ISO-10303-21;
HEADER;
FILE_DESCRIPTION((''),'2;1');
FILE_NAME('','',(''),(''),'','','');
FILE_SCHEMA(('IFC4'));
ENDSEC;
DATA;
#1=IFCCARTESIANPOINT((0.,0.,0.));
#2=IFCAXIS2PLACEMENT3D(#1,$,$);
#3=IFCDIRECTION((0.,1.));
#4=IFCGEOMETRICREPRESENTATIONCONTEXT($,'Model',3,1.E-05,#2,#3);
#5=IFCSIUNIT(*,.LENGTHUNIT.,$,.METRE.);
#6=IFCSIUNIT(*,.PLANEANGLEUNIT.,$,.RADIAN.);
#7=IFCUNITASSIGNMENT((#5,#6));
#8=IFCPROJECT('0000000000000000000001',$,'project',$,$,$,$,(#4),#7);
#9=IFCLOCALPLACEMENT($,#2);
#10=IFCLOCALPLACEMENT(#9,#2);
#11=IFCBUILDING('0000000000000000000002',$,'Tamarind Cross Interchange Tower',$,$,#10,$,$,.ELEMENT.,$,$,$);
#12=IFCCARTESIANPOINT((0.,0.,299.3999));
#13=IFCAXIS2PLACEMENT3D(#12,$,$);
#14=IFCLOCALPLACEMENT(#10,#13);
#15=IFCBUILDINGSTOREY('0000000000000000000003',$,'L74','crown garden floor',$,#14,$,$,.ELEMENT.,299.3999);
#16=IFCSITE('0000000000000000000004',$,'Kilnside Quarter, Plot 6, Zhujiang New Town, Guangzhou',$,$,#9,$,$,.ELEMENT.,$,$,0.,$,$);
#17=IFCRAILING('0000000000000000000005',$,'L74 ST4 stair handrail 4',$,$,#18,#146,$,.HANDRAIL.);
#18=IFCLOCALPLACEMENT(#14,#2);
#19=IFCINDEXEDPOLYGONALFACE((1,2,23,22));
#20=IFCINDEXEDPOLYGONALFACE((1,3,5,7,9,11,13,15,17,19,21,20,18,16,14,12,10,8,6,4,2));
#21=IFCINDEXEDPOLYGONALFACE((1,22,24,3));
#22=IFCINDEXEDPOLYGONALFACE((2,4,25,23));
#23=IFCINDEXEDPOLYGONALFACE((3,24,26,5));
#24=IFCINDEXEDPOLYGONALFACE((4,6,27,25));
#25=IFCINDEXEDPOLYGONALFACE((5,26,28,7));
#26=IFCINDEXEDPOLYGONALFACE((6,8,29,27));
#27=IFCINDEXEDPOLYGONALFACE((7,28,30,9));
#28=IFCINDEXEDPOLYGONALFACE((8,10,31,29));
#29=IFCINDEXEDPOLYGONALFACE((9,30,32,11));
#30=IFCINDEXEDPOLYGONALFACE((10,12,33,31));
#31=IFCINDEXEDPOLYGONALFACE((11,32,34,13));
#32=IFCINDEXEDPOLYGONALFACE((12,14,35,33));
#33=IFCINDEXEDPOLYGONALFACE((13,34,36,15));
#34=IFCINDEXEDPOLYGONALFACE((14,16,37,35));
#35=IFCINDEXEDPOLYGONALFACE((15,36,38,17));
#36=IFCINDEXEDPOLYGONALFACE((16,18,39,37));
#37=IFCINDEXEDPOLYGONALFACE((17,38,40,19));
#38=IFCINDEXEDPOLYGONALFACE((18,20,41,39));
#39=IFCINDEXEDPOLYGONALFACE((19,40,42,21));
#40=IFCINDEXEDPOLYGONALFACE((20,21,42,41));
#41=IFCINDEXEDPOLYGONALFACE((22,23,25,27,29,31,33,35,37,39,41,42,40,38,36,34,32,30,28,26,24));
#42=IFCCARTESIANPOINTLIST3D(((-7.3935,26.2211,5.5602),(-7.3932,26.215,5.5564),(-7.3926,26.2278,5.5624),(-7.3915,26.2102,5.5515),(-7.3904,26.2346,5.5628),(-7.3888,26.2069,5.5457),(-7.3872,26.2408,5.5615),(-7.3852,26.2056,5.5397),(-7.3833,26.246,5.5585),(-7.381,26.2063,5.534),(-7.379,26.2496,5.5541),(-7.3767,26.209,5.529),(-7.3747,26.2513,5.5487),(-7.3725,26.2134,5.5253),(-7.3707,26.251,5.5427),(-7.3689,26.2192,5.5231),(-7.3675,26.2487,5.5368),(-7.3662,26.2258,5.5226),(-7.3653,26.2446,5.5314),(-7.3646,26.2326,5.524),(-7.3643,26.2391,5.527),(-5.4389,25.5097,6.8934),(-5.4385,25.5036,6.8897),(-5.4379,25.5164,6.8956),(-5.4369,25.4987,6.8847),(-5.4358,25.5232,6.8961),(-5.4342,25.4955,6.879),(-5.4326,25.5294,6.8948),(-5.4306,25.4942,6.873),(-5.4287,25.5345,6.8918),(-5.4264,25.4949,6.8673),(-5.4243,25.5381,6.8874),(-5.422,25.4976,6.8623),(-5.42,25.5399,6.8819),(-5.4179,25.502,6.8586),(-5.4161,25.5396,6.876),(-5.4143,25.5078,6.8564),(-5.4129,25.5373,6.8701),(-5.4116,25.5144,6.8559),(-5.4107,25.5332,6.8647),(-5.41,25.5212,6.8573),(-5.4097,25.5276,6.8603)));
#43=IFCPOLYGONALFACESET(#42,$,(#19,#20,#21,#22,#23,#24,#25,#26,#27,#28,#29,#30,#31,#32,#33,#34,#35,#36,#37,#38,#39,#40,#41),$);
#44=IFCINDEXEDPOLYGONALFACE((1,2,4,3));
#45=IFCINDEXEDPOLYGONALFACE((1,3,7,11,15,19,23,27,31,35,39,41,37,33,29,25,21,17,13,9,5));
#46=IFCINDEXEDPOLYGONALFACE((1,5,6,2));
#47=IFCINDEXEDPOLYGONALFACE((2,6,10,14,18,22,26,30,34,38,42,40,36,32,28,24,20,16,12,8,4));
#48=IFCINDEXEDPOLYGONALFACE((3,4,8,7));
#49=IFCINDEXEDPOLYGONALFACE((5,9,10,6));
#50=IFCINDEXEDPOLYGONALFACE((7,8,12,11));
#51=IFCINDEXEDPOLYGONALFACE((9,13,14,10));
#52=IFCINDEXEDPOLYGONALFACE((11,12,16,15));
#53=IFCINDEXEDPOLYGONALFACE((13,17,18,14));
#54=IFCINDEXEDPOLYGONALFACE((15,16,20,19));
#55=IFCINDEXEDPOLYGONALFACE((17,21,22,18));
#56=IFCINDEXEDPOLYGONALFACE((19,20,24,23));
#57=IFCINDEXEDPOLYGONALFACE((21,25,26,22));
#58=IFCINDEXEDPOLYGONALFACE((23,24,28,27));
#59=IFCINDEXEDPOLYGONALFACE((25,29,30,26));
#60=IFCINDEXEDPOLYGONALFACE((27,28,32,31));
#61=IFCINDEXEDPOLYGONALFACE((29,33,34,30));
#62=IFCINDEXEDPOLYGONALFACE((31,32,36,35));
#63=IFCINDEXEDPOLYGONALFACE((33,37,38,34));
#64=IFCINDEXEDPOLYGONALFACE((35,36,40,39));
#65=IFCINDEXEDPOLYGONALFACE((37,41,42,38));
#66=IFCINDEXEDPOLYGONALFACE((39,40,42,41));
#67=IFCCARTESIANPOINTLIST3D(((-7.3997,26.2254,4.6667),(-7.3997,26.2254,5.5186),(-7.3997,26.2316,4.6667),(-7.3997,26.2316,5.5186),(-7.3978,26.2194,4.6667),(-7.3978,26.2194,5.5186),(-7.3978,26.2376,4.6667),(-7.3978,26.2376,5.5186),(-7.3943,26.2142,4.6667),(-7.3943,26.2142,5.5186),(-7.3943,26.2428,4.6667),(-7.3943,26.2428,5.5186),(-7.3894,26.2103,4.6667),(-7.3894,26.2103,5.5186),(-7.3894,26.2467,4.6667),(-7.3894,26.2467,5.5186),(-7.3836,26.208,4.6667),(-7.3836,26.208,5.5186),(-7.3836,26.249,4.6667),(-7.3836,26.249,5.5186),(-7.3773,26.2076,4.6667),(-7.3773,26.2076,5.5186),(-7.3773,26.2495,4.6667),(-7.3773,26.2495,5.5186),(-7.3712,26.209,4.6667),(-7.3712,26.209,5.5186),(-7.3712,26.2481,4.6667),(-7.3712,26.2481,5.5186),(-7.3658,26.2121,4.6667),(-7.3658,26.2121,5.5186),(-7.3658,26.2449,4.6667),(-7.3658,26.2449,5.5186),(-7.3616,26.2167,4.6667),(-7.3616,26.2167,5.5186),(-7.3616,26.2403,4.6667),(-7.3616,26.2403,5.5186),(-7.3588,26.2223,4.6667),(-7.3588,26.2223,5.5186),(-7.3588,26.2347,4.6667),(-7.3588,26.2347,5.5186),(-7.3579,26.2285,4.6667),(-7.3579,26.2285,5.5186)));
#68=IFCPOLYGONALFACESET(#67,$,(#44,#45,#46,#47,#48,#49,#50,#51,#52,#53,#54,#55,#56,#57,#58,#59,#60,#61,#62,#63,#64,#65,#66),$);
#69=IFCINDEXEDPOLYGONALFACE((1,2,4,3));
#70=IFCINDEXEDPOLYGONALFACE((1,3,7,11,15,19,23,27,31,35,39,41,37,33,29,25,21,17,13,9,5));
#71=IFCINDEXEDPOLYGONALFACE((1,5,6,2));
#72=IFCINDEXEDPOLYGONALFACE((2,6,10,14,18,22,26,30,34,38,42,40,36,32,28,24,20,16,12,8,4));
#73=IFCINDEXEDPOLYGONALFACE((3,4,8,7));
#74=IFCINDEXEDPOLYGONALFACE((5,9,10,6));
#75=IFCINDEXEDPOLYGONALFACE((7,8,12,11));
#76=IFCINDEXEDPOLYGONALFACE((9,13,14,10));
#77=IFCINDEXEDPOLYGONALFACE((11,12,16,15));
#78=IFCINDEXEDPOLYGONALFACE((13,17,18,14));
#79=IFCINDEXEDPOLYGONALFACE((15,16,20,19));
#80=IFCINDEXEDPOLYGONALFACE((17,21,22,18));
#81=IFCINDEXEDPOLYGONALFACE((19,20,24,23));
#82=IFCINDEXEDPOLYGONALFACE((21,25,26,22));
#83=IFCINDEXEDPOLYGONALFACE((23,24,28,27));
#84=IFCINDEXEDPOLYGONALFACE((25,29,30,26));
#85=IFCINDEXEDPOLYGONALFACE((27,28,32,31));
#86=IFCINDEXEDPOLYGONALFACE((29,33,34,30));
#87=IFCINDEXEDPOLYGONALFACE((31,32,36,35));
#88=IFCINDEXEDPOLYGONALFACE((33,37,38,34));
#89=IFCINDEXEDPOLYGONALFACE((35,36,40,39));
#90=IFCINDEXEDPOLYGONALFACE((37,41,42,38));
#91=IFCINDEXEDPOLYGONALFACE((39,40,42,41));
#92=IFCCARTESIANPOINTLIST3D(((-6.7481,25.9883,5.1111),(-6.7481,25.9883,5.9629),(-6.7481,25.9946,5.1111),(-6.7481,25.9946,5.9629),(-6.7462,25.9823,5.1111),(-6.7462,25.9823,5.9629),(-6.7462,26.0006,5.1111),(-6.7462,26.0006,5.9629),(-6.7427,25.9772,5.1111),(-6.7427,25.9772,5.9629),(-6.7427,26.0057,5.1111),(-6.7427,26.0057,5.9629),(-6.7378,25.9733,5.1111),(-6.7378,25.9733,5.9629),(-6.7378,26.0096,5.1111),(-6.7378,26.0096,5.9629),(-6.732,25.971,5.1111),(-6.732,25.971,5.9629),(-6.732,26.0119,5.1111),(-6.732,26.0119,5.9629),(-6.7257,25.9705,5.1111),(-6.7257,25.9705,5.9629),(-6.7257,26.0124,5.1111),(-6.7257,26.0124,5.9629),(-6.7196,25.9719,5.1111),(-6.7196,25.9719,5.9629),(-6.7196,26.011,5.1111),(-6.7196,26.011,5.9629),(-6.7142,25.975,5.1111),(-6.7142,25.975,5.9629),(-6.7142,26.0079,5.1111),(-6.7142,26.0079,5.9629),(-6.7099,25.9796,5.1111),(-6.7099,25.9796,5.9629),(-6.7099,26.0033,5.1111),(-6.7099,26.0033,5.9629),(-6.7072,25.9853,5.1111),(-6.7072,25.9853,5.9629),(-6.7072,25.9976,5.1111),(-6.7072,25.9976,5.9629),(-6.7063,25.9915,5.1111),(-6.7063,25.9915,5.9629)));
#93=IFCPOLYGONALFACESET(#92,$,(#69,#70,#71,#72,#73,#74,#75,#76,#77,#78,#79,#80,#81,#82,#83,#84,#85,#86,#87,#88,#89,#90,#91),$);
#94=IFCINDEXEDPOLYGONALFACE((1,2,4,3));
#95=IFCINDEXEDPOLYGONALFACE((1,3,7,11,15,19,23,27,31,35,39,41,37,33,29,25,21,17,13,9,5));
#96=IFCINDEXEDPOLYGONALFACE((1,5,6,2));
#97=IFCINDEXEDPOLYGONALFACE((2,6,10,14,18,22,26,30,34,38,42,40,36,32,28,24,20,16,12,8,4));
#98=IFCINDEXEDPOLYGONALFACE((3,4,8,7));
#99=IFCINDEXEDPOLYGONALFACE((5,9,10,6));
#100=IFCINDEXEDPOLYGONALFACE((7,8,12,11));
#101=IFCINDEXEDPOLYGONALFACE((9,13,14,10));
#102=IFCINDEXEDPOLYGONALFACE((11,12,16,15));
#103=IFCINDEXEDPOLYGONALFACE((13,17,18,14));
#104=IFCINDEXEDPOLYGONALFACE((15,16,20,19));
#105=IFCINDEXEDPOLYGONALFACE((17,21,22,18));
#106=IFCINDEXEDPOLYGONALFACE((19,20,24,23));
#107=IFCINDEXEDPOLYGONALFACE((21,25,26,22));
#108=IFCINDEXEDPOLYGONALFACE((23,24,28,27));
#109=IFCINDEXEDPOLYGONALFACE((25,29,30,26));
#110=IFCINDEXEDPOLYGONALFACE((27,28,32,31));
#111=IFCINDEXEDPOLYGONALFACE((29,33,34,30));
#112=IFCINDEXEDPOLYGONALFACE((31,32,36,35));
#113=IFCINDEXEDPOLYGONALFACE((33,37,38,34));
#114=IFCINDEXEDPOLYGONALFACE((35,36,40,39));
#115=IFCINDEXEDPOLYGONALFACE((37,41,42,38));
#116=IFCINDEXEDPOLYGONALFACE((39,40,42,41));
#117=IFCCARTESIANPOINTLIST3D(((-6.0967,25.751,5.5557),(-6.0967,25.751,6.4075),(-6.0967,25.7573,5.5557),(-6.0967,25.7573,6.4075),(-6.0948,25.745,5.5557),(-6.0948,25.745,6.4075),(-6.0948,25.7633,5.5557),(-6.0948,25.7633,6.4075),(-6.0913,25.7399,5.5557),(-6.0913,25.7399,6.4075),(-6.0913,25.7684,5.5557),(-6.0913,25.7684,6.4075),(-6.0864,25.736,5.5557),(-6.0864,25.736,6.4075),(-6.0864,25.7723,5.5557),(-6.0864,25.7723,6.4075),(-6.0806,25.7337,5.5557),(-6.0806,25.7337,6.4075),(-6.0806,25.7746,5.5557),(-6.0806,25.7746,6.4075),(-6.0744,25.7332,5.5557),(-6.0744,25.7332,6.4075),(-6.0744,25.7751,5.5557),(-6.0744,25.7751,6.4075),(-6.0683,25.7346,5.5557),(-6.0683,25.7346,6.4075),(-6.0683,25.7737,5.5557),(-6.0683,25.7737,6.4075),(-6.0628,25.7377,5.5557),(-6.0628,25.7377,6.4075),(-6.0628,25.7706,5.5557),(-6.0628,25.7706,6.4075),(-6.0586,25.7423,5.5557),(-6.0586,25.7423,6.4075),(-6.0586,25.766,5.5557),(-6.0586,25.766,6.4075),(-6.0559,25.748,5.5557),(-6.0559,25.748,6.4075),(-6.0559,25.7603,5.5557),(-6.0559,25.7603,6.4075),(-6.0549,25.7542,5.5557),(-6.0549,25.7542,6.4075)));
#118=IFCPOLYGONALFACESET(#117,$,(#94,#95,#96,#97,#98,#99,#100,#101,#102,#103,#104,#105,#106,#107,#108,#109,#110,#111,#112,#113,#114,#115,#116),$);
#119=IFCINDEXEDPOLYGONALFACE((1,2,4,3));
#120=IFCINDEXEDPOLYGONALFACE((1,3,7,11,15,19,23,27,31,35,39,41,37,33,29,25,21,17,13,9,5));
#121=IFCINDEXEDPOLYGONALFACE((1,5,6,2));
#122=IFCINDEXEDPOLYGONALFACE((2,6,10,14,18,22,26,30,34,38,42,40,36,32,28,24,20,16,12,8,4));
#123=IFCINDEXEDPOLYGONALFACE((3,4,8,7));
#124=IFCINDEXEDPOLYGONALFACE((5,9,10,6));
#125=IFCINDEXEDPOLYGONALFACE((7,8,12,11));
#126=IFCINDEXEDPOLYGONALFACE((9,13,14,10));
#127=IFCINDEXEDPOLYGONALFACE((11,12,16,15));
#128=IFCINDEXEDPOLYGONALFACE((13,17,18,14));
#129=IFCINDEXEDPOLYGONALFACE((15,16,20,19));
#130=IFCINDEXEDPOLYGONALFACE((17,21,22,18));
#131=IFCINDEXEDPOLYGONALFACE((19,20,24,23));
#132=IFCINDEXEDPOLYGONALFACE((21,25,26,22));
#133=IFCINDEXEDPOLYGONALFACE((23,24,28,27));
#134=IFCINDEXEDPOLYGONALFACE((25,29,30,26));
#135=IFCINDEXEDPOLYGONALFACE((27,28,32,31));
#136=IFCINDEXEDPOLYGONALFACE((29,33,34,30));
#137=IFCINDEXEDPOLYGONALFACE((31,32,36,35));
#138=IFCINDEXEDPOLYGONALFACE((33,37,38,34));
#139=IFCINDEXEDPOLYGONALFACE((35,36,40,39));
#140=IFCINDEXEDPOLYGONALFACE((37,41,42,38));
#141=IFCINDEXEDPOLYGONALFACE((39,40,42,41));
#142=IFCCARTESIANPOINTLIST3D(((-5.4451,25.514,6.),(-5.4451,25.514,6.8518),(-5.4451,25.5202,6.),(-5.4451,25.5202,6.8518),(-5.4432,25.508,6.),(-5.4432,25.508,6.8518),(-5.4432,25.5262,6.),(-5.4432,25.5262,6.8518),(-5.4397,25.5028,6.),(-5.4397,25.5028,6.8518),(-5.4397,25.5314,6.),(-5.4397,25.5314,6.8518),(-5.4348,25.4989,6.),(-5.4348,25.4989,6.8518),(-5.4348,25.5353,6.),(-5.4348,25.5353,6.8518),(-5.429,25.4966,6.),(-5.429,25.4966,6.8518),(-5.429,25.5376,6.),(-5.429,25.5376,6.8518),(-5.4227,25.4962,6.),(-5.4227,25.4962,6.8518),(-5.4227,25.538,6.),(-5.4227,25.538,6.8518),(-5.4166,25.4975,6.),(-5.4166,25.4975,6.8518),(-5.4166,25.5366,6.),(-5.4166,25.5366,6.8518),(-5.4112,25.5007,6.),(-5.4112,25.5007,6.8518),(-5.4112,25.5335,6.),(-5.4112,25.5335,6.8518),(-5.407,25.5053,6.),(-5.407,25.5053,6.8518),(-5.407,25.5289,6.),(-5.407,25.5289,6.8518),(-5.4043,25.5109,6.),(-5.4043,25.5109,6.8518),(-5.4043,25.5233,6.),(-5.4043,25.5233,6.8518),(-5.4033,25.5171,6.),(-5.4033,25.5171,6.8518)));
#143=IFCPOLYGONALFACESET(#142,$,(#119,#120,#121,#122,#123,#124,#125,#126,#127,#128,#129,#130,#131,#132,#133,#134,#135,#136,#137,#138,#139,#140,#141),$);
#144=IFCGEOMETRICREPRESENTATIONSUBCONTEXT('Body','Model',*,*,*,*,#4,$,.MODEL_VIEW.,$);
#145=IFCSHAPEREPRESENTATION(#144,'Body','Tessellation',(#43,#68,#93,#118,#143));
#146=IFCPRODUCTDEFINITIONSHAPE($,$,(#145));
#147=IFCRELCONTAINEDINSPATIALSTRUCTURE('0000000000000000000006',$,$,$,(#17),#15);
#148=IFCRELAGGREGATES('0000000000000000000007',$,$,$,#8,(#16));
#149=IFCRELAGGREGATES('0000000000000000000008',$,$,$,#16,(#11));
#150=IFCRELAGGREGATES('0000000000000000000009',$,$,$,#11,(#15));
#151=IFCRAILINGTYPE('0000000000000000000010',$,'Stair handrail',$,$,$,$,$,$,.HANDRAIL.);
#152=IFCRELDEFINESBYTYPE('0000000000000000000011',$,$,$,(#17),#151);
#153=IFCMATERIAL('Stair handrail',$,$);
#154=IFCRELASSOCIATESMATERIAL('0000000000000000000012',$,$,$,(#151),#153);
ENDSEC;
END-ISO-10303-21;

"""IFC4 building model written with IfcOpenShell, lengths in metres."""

from ifc_helpers import new_model, si_unit, direction, frame, origin, origin_2d, place, context, subcontext, project, spatial, circle, extrude, material, type_object, element, save


model = new_model("IFC4")

# Units and contexts
model_context = context("Model", 3, precision=1e-05, world=origin(), true_north=direction((0.0, 1.0)))
body_context = subcontext(model_context, "Body", "Model", "MODEL_VIEW")
ifc_project = project(units=[si_unit("LENGTHUNIT", "METRE"), si_unit("PLANEANGLEUNIT", "RADIAN")], contexts=[model_context])

# Site, building, storey
site_placement = place(None, origin())
site = spatial("IfcSite", under=ifc_project, at=site_placement, Name="Kilnside Quarter, Plot 6, Zhujiang New Town, Guangzhou", CompositionType="ELEMENT", RefElevation=0.0)
building_placement = place(site_placement, origin())
building = spatial("IfcBuilding", under=site, at=building_placement, Name="Tamarind Cross Interchange Tower", CompositionType="ELEMENT")
storey_placement = place(building_placement, frame((0.0, 0.0, 299.3999)))
storey = spatial("IfcBuildingStorey", under=building, at=storey_placement, Name="L74", Description="crown garden floor", CompositionType="ELEMENT", Elevation=299.3999)

# Railing
ifc_material_1 = material(Name="Stair handrail")
railing_type_1 = type_object("IfcRailingType", Name="Stair handrail", PredefinedType="HANDRAIL", material=ifc_material_1)
for number, where, name in (
    (1, (-7.3789, 26.2285, 4.6667), "L74 ST4 stair handrail 4"),
):
    element("IfcRailing", number, at=place(storey_placement, frame(where)), inside=storey, type_object=railing_type_1, Name=name, PredefinedType="HANDRAIL", context=body_context, shape_type="SweptSolid", body=[
        extrude(circle(Radius=0.0239, at=origin_2d()), frame((0.0, 0.0, 0.876), z_axis=(0.791124, -0.287951, 0.539636), x_axis=(0.342026, 0.939691, 0.0)), (0.0, 0.0, 1.0), 2.4707),
        extrude(circle(Radius=0.021, at=origin_2d()), origin(), (0.0, 0.0, 1.0), 0.8518),
        extrude(circle(Radius=0.021, at=origin_2d()), frame((0.6516, -0.2371, 0.4443)), (0.0, 0.0, 1.0), 0.8518),
        extrude(circle(Radius=0.021, at=origin_2d()), frame((1.303, -0.4744, 0.8889)), (0.0, 0.0, 1.0), 0.8518),
        extrude(circle(Radius=0.021, at=origin_2d()), frame((1.9546, -0.7114, 1.3333)), (0.0, 0.0, 1.0), 0.8518),
    ])

save(model, "model.ifc")
